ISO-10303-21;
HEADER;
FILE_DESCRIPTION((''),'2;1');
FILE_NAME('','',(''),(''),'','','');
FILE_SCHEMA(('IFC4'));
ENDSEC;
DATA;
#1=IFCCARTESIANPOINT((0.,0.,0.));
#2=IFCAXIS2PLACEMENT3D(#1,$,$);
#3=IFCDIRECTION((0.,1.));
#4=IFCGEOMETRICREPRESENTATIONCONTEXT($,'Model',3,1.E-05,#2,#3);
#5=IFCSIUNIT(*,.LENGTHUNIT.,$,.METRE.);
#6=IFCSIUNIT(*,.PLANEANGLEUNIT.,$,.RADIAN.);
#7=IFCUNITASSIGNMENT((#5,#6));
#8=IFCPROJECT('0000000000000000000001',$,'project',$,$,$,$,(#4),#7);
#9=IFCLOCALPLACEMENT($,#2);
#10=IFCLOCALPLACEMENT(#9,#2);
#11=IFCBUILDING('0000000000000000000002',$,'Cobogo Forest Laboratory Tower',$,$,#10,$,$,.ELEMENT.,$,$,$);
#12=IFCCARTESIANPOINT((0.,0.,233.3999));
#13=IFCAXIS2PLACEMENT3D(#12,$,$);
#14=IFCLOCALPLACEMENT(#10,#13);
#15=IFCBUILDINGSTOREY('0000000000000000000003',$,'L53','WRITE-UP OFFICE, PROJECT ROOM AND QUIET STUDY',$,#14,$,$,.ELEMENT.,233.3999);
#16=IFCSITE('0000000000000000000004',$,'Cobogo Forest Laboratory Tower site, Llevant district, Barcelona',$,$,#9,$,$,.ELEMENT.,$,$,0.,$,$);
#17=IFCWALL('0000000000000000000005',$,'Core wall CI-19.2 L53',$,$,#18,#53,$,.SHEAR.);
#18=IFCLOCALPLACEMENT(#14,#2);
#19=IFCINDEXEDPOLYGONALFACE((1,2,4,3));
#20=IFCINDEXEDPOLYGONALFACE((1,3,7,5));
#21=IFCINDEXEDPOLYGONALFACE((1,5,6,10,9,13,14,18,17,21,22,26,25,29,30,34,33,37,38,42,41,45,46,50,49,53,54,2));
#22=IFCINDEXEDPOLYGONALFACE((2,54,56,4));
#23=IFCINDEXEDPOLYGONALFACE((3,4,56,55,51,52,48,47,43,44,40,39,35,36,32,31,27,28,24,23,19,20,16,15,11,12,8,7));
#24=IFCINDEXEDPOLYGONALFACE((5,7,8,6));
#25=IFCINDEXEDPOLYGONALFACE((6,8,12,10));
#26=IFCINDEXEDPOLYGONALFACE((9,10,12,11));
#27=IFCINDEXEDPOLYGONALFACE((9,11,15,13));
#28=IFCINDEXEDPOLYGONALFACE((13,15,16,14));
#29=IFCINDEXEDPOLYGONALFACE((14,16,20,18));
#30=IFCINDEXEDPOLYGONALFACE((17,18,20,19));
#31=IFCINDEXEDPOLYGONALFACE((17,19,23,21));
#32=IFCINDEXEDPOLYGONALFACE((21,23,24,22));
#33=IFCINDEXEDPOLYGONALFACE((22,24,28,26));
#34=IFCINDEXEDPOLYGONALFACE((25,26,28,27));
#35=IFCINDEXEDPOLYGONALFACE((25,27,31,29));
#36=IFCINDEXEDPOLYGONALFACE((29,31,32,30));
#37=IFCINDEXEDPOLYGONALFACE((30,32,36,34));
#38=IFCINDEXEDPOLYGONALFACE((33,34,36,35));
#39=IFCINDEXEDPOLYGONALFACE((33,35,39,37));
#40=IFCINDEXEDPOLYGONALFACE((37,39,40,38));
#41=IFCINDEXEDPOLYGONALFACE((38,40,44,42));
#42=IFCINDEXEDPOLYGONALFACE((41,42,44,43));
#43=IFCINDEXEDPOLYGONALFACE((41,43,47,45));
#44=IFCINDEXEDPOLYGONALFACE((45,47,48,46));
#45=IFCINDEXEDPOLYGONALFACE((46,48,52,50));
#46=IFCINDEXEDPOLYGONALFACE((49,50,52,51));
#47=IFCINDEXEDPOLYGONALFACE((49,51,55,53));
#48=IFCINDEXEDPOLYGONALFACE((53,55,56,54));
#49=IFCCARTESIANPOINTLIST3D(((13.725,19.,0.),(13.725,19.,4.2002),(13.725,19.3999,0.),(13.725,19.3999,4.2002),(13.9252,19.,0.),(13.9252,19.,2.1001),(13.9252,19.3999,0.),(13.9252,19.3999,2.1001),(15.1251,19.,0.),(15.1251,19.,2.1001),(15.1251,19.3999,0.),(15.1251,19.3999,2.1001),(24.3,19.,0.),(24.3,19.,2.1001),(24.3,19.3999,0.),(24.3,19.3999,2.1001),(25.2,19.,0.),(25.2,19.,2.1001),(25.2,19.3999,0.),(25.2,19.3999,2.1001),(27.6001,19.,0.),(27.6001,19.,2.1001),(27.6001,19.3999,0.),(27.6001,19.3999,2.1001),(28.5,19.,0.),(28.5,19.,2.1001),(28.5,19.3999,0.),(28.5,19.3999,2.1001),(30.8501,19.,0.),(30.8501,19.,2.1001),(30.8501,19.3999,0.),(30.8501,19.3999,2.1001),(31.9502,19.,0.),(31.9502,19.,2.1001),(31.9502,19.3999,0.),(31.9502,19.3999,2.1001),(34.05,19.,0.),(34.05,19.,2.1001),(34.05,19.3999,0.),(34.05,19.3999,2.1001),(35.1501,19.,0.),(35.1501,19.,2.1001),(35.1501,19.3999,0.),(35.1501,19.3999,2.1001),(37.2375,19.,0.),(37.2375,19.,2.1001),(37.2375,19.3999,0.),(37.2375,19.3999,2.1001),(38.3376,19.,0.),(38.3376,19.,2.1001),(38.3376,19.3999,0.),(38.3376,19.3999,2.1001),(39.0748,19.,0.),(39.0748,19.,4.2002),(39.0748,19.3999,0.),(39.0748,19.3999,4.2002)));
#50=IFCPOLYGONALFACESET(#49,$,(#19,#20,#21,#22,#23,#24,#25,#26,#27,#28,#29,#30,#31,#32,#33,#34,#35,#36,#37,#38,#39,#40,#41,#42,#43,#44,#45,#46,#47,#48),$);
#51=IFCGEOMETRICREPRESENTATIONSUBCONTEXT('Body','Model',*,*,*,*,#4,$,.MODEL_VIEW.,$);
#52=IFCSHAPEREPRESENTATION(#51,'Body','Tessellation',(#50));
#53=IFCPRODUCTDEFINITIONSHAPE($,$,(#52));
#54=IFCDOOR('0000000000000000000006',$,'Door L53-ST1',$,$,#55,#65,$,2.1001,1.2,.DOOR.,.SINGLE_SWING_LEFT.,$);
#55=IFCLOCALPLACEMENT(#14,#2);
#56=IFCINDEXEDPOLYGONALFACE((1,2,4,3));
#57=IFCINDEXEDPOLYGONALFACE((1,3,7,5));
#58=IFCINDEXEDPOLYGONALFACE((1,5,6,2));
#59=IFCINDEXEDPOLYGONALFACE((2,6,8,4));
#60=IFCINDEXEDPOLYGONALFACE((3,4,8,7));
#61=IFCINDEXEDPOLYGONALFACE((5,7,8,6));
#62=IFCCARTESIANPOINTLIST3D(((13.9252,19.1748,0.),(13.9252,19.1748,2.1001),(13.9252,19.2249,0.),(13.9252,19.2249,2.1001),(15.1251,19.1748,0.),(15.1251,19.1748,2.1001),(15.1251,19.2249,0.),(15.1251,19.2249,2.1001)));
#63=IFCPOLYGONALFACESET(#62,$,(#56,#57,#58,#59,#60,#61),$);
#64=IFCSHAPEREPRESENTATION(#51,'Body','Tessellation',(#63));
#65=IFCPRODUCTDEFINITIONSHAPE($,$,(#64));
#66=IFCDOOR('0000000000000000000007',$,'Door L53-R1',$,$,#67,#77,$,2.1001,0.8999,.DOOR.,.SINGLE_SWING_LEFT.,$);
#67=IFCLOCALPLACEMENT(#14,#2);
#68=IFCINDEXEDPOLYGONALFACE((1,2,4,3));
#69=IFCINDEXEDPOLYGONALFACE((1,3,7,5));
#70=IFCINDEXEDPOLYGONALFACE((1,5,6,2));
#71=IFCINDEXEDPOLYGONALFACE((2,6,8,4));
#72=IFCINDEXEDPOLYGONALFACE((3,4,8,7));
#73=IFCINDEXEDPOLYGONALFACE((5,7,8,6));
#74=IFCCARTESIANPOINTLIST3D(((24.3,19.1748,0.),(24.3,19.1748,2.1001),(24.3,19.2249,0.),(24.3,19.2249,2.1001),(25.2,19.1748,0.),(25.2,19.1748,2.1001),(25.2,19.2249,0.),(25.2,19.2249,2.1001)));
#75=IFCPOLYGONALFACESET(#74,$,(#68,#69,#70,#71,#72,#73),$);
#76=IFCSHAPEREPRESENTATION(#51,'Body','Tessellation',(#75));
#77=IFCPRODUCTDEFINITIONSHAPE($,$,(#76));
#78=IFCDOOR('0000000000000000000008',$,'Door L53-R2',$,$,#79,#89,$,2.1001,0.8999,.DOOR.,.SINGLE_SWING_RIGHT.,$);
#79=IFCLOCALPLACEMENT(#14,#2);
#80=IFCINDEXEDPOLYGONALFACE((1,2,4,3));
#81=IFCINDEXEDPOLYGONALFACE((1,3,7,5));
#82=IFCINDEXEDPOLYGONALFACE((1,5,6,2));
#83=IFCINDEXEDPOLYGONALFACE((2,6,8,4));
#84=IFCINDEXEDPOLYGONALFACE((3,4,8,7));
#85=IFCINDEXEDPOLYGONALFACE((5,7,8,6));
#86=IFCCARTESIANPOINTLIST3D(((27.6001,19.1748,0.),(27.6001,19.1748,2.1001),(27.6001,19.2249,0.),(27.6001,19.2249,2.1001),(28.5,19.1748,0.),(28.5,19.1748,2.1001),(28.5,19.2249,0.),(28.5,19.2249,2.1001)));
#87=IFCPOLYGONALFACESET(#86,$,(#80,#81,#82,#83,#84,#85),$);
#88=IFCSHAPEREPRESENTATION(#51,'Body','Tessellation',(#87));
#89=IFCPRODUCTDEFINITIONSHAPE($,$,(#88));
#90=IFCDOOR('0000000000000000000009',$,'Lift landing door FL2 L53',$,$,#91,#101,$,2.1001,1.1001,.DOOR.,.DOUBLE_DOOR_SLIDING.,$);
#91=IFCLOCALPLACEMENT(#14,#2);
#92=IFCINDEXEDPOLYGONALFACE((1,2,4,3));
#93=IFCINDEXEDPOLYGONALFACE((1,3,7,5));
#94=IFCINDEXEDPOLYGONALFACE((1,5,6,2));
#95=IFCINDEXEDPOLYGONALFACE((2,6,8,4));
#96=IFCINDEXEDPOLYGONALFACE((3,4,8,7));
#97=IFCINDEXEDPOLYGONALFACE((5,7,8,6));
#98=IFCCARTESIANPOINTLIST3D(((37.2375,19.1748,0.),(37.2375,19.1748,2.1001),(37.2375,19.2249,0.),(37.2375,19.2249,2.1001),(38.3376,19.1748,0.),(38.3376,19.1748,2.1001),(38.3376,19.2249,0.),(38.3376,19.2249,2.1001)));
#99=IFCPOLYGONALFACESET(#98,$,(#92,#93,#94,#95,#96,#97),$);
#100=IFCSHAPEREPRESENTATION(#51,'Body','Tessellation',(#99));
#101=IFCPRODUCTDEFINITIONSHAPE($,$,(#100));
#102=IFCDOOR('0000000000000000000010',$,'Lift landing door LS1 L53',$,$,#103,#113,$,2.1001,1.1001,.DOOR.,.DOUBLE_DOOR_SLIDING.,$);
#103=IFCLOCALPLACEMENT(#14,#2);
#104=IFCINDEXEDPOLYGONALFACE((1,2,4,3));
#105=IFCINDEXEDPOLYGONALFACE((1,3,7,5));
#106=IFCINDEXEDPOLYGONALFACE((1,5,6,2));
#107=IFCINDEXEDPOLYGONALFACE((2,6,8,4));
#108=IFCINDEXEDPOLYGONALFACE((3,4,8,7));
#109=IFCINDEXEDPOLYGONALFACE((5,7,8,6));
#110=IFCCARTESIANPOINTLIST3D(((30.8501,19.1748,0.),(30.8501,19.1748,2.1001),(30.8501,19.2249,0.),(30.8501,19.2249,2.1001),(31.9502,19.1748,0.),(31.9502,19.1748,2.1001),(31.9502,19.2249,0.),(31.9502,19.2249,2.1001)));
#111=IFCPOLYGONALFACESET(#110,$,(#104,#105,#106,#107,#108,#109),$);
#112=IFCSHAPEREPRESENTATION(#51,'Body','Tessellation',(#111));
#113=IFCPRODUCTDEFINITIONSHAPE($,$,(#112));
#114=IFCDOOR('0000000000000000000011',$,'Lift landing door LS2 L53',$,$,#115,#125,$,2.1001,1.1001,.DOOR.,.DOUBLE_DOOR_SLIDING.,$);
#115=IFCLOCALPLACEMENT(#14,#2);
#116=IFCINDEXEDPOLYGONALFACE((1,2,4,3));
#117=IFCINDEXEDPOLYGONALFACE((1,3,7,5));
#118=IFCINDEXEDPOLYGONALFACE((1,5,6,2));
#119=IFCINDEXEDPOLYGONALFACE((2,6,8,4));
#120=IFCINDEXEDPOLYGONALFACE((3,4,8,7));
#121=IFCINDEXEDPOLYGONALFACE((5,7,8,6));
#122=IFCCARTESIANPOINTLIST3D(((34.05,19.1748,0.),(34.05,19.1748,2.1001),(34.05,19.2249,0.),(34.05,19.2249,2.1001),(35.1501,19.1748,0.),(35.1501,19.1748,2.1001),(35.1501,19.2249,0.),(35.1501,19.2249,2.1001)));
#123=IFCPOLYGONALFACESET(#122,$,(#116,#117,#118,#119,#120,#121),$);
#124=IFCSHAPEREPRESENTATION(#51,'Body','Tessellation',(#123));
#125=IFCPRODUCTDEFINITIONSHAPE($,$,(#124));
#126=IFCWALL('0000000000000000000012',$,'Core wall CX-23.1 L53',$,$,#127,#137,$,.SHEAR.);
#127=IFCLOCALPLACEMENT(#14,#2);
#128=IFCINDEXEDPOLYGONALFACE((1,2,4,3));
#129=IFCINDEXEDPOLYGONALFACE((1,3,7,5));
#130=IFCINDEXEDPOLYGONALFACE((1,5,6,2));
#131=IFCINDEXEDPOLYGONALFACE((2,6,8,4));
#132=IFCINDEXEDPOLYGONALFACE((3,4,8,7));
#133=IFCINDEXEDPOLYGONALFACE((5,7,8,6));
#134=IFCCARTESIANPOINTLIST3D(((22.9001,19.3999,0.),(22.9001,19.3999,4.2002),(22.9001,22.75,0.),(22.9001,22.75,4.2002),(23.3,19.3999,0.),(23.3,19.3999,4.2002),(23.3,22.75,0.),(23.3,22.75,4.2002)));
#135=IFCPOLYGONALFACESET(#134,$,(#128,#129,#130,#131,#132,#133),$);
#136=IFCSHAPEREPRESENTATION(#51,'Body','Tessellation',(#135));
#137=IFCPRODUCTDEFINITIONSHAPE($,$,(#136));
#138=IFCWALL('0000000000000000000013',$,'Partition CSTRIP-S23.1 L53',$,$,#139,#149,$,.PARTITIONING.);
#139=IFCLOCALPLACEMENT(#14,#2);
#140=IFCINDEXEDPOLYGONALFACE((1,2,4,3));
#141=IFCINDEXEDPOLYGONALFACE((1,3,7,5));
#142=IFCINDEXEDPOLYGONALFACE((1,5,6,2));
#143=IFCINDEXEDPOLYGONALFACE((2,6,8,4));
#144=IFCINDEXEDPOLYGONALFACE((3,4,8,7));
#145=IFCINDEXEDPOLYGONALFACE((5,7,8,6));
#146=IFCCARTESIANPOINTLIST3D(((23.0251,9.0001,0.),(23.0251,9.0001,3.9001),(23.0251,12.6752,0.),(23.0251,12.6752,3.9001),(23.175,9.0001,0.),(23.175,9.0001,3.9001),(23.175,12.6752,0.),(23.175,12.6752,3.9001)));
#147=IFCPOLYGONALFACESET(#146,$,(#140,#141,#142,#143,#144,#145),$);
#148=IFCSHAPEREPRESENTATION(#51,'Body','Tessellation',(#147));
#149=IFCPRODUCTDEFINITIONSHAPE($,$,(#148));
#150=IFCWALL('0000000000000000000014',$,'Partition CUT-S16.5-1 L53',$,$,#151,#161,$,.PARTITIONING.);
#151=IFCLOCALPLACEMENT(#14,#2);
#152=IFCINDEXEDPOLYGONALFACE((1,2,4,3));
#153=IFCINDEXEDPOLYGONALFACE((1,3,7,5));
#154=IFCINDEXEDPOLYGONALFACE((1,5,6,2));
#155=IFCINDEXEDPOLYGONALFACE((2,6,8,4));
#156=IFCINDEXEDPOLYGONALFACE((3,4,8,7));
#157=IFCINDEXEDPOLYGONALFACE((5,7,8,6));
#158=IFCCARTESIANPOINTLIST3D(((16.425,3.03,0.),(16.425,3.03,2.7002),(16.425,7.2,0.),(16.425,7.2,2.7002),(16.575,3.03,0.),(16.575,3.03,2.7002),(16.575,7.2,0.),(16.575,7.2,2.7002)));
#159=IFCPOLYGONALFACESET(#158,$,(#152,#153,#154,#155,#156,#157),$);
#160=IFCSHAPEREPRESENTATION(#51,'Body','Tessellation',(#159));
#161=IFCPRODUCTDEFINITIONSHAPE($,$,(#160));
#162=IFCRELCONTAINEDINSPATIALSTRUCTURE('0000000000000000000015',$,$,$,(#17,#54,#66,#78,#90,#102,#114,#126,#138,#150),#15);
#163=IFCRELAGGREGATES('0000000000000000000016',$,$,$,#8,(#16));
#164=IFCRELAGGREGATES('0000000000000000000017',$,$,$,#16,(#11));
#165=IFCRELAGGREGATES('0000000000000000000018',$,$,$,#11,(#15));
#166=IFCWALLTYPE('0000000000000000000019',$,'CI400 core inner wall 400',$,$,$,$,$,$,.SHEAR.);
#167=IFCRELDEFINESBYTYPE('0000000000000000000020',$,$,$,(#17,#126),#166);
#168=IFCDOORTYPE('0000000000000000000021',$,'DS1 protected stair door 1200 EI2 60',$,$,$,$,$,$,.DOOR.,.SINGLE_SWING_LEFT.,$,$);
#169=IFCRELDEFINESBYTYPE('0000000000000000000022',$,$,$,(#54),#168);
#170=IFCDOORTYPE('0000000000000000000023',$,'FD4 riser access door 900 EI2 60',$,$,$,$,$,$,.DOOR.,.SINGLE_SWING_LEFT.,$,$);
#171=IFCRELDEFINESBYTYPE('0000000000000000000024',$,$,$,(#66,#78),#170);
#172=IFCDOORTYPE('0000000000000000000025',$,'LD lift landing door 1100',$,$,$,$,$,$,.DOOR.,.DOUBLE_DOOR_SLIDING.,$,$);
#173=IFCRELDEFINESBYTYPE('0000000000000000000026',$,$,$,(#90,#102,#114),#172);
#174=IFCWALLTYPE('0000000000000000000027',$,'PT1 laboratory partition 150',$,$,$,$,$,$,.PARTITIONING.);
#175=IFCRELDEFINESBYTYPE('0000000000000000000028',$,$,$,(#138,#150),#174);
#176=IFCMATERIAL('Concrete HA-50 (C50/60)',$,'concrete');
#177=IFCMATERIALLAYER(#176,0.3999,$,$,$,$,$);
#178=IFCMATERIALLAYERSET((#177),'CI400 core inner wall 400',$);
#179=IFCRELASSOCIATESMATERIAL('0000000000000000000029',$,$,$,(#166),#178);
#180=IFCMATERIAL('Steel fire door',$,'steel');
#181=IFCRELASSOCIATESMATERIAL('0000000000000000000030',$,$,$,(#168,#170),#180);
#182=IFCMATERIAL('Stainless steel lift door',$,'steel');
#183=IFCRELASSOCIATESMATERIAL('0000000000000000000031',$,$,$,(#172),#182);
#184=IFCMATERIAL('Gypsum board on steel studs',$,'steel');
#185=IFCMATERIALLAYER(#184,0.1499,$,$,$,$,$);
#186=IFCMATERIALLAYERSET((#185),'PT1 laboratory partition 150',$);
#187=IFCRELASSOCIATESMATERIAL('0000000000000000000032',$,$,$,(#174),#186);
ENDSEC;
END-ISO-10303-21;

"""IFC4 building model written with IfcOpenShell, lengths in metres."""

from ifc_helpers import new_model, si_unit, direction, frame, frame_2d, origin, place, context, subcontext, project, spatial, rectangle, extrude, material, layer, layer_set, type_object, element, fill, save


model = new_model("IFC4")

# Units and contexts
model_context = context("Model", 3, precision=1e-05, world=origin(), true_north=direction((0.0, 1.0)))
body_context = subcontext(model_context, "Body", "Model", "MODEL_VIEW")
ifc_project = project(units=[si_unit("LENGTHUNIT", "METRE"), si_unit("PLANEANGLEUNIT", "RADIAN")], contexts=[model_context])

# Site, building, storey
site_placement = place(None, origin())
site = spatial("IfcSite", under=ifc_project, at=site_placement, Name="Cobogo Forest Laboratory Tower site, Llevant district, Barcelona", CompositionType="ELEMENT", RefElevation=0.0)
building_placement = place(site_placement, origin())
building = spatial("IfcBuilding", under=site, at=building_placement, Name="Cobogo Forest Laboratory Tower", CompositionType="ELEMENT")
storey_placement = place(building_placement, frame((0.0, 0.0, 233.3999)))
storey = spatial("IfcBuildingStorey", under=building, at=storey_placement, Name="L53", Description="WRITE-UP OFFICE, PROJECT ROOM AND QUIET STUDY", CompositionType="ELEMENT", Elevation=233.3999)

# Shared definitions
ifc_material_1 = material(Name="Concrete HA-50 (C50/60)", Category="concrete")

# Wall, openings, doors
ifc_layer_1 = layer(ifc_material_1, 0.3999)
ifc_layer_set_1 = layer_set([ifc_layer_1], Name="CI400 core inner wall 400")
wall_type_1 = type_object("IfcWallType", Name="CI400 core inner wall 400", PredefinedType="SHEAR", material=ifc_layer_set_1)
ifc_material_2 = material(Name="Steel fire door", Category="steel")
wall_1_placement = place(storey_placement, frame((13.7251, 19.2, 0.0), z_axis=(0.0, 0.0, 1.0), x_axis=(1.0, 0.0, 0.0)))
wall_1 = element("IfcWall", 1, at=wall_1_placement, inside=storey, type_object=wall_type_1, Name="Core wall CI-19.2 L53", PredefinedType="SHEAR", context=body_context, shape_type="SweptSolid", body=[
    extrude(rectangle(XDim=25.3499, YDim=0.3999, at=frame_2d((12.6748, 0.0))), origin(), (0.0, 0.0, 1.0), 4.2002),
])
opening_1_placement = place(wall_1_placement, frame((10.575, 0.0, 0.0)))
opening_1 = element("IfcOpeningElement", 2, at=opening_1_placement, cuts=wall_1, PredefinedType="OPENING", context=body_context, shape_type="SweptSolid", body=[
    extrude(rectangle(XDim=0.8999, YDim=2.1001, at=frame_2d((0.45, 1.05))), frame((0.0, 0.21, 0.0), z_axis=(0.0, -1.0, 0.0), x_axis=(1.0, 0.0, 0.0)), (0.0, 0.0, 1.0), 0.4199),
])
opening_2_placement = place(wall_1_placement, frame((13.875, 0.0, 0.0)))
opening_2 = element("IfcOpeningElement", 3, at=opening_2_placement, cuts=wall_1, PredefinedType="OPENING", context=body_context, shape_type="SweptSolid", body=[
    extrude(rectangle(XDim=0.8999, YDim=2.1001, at=frame_2d((0.45, 1.05))), frame((0.0, 0.21, 0.0), z_axis=(0.0, -1.0, 0.0), x_axis=(1.0, 0.0, 0.0)), (0.0, 0.0, 1.0), 0.4199),
])
opening_3_placement = place(wall_1_placement, frame((0.2, 0.0, 0.0)))
opening_3 = element("IfcOpeningElement", 4, at=opening_3_placement, cuts=wall_1, PredefinedType="OPENING", context=body_context, shape_type="SweptSolid", body=[
    extrude(rectangle(XDim=1.2, YDim=2.1001, at=frame_2d((0.6001, 1.05))), frame((0.0, 0.21, 0.0), z_axis=(0.0, -1.0, 0.0), x_axis=(1.0, 0.0, 0.0)), (0.0, 0.0, 1.0), 0.4199),
])
opening_4_placement = place(wall_1_placement, frame((23.5125, 0.0, 0.0)))
opening_4 = element("IfcOpeningElement", 5, at=opening_4_placement, cuts=wall_1, PredefinedType="OPENING", context=body_context, shape_type="SweptSolid", body=[
    extrude(rectangle(XDim=1.1001, YDim=2.1001, at=frame_2d((0.55, 1.05))), frame((0.0, 0.21, 0.0), z_axis=(0.0, -1.0, 0.0), x_axis=(1.0, 0.0, 0.0)), (0.0, 0.0, 1.0), 0.4199),
])
opening_5_placement = place(wall_1_placement, frame((17.125, 0.0, 0.0)))
opening_5 = element("IfcOpeningElement", 6, at=opening_5_placement, cuts=wall_1, PredefinedType="OPENING", context=body_context, shape_type="SweptSolid", body=[
    extrude(rectangle(XDim=1.1001, YDim=2.1001, at=frame_2d((0.55, 1.05))), frame((0.0, 0.21, 0.0), z_axis=(0.0, -1.0, 0.0), x_axis=(1.0, 0.0, 0.0)), (0.0, 0.0, 1.0), 0.4199),
])
opening_6_placement = place(wall_1_placement, frame((20.325, 0.0, 0.0)))
opening_6 = element("IfcOpeningElement", 7, at=opening_6_placement, cuts=wall_1, PredefinedType="OPENING", context=body_context, shape_type="SweptSolid", body=[
    extrude(rectangle(XDim=1.1001, YDim=2.1001, at=frame_2d((0.55, 1.05))), frame((0.0, 0.21, 0.0), z_axis=(0.0, -1.0, 0.0), x_axis=(1.0, 0.0, 0.0)), (0.0, 0.0, 1.0), 0.4199),
])
door_type_1 = type_object("IfcDoorType", Name="DS1 protected stair door 1200 EI2 60", OperationType="SINGLE_SWING_LEFT", PredefinedType="DOOR", material=ifc_material_2)
door_1_placement = place(opening_3_placement, origin())
door_1 = element("IfcDoor", 8, at=door_1_placement, inside=storey, type_object=door_type_1, Name="Door L53-ST1", OperationType="SINGLE_SWING_LEFT", OverallHeight=2.1001, OverallWidth=1.2, PredefinedType="DOOR", context=body_context, shape_type="SweptSolid", body=[
    extrude(rectangle(XDim=1.2, YDim=2.1001, at=frame_2d((0.6001, 1.05))), frame((0.0, 0.0249, 0.0), z_axis=(0.0, -1.0, 0.0), x_axis=(1.0, 0.0, 0.0)), (0.0, 0.0, 1.0), 0.05),
])
fill(opening_3, door_1)
door_type_2 = type_object("IfcDoorType", Name="FD4 riser access door 900 EI2 60", OperationType="SINGLE_SWING_LEFT", PredefinedType="DOOR", material=ifc_material_2)
door_2_placement = place(opening_1_placement, origin())
door_2 = element("IfcDoor", 9, at=door_2_placement, inside=storey, type_object=door_type_2, Name="Door L53-R1", OperationType="SINGLE_SWING_LEFT", OverallHeight=2.1001, OverallWidth=0.8999, PredefinedType="DOOR", context=body_context, shape_type="SweptSolid", body=[
    extrude(rectangle(XDim=0.8999, YDim=2.1001, at=frame_2d((0.45, 1.05))), frame((0.0, 0.0249, 0.0), z_axis=(0.0, -1.0, 0.0), x_axis=(1.0, 0.0, 0.0)), (0.0, 0.0, 1.0), 0.05),
])
fill(opening_1, door_2)
door_3_placement = place(opening_2_placement, origin())
door_3 = element("IfcDoor", 10, at=door_3_placement, inside=storey, type_object=door_type_2, Name="Door L53-R2", OperationType="SINGLE_SWING_RIGHT", OverallHeight=2.1001, OverallWidth=0.8999, PredefinedType="DOOR", context=body_context, shape_type="SweptSolid", body=[
    extrude(rectangle(XDim=0.8999, YDim=2.1001, at=frame_2d((0.45, 1.05))), frame((0.0, 0.0249, 0.0), z_axis=(0.0, -1.0, 0.0), x_axis=(1.0, 0.0, 0.0)), (0.0, 0.0, 1.0), 0.05),
])
fill(opening_2, door_3)
ifc_material_3 = material(Name="Stainless steel lift door", Category="steel")
door_type_3 = type_object("IfcDoorType", Name="LD lift landing door 1100", OperationType="DOUBLE_DOOR_SLIDING", PredefinedType="DOOR", material=ifc_material_3)
door_4_placement = place(opening_4_placement, origin())
door_4 = element("IfcDoor", 11, at=door_4_placement, inside=storey, type_object=door_type_3, Name="Lift landing door FL2 L53", OperationType="DOUBLE_DOOR_SLIDING", OverallHeight=2.1001, OverallWidth=1.1001, PredefinedType="DOOR", context=body_context, shape_type="SweptSolid", body=[
    extrude(rectangle(XDim=1.1001, YDim=2.1001, at=frame_2d((0.55, 1.05))), frame((0.0, 0.0249, 0.0), z_axis=(0.0, -1.0, 0.0), x_axis=(1.0, 0.0, 0.0)), (0.0, 0.0, 1.0), 0.05),
])
fill(opening_4, door_4)
door_5_placement = place(opening_5_placement, origin())
door_5 = element("IfcDoor", 12, at=door_5_placement, inside=storey, type_object=door_type_3, Name="Lift landing door LS1 L53", OperationType="DOUBLE_DOOR_SLIDING", OverallHeight=2.1001, OverallWidth=1.1001, PredefinedType="DOOR", context=body_context, shape_type="SweptSolid", body=[
    extrude(rectangle(XDim=1.1001, YDim=2.1001, at=frame_2d((0.55, 1.05))), frame((0.0, 0.0249, 0.0), z_axis=(0.0, -1.0, 0.0), x_axis=(1.0, 0.0, 0.0)), (0.0, 0.0, 1.0), 0.05),
])
fill(opening_5, door_5)
door_6_placement = place(opening_6_placement, origin())
door_6 = element("IfcDoor", 13, at=door_6_placement, inside=storey, type_object=door_type_3, Name="Lift landing door LS2 L53", OperationType="DOUBLE_DOOR_SLIDING", OverallHeight=2.1001, OverallWidth=1.1001, PredefinedType="DOOR", context=body_context, shape_type="SweptSolid", body=[
    extrude(rectangle(XDim=1.1001, YDim=2.1001, at=frame_2d((0.55, 1.05))), frame((0.0, 0.0249, 0.0), z_axis=(0.0, -1.0, 0.0), x_axis=(1.0, 0.0, 0.0)), (0.0, 0.0, 1.0), 0.05),
])
fill(opening_6, door_6)

# Walls
wall_2_placement = place(storey_placement, frame((23.1001, 19.3999, 0.0), z_axis=(0.0, 0.0, 1.0), x_axis=(0.0, 1.0, 0.0)))
element("IfcWall", 14, at=wall_2_placement, inside=storey, type_object=wall_type_1, Name="Core wall CX-23.1 L53", PredefinedType="SHEAR", context=body_context, shape_type="SweptSolid", body=[
    extrude(rectangle(XDim=3.3501, YDim=0.3999, at=frame_2d((1.675, 0.0))), origin(), (0.0, 0.0, 1.0), 4.2002),
])
ifc_material_4 = material(Name="Gypsum board on steel studs", Category="steel")
ifc_layer_2 = layer(ifc_material_4, 0.1499)
ifc_layer_set_2 = layer_set([ifc_layer_2], Name="PT1 laboratory partition 150")
wall_type_2 = type_object("IfcWallType", Name="PT1 laboratory partition 150", PredefinedType="PARTITIONING", material=ifc_layer_set_2)
wall_3_placement = place(storey_placement, frame((23.1001, 12.675, 0.0), z_axis=(0.0, 0.0, 1.0), x_axis=(0.0, -1.0, 0.0)))
element("IfcWall", 15, at=wall_3_placement, inside=storey, type_object=wall_type_2, Name="Partition CSTRIP-S23.1 L53", PredefinedType="PARTITIONING", context=body_context, shape_type="SweptSolid", body=[
    extrude(rectangle(XDim=3.675, YDim=0.1499, at=frame_2d((1.8374, 0.0))), origin(), (0.0, 0.0, 1.0), 3.9001),
])
wall_4_placement = place(storey_placement, frame((16.5, 3.03, 0.0), z_axis=(0.0, 0.0, 1.0), x_axis=(0.0, 1.0, 0.0)))
element("IfcWall", 16, at=wall_4_placement, inside=storey, type_object=wall_type_2, Name="Partition CUT-S16.5-1 L53", PredefinedType="PARTITIONING", context=body_context, shape_type="SweptSolid", body=[
    extrude(rectangle(XDim=4.1699, YDim=0.1499, at=frame_2d((2.085, 0.0))), origin(), (0.0, 0.0, 1.0), 2.7002),
])

save(model, "model.ifc")
